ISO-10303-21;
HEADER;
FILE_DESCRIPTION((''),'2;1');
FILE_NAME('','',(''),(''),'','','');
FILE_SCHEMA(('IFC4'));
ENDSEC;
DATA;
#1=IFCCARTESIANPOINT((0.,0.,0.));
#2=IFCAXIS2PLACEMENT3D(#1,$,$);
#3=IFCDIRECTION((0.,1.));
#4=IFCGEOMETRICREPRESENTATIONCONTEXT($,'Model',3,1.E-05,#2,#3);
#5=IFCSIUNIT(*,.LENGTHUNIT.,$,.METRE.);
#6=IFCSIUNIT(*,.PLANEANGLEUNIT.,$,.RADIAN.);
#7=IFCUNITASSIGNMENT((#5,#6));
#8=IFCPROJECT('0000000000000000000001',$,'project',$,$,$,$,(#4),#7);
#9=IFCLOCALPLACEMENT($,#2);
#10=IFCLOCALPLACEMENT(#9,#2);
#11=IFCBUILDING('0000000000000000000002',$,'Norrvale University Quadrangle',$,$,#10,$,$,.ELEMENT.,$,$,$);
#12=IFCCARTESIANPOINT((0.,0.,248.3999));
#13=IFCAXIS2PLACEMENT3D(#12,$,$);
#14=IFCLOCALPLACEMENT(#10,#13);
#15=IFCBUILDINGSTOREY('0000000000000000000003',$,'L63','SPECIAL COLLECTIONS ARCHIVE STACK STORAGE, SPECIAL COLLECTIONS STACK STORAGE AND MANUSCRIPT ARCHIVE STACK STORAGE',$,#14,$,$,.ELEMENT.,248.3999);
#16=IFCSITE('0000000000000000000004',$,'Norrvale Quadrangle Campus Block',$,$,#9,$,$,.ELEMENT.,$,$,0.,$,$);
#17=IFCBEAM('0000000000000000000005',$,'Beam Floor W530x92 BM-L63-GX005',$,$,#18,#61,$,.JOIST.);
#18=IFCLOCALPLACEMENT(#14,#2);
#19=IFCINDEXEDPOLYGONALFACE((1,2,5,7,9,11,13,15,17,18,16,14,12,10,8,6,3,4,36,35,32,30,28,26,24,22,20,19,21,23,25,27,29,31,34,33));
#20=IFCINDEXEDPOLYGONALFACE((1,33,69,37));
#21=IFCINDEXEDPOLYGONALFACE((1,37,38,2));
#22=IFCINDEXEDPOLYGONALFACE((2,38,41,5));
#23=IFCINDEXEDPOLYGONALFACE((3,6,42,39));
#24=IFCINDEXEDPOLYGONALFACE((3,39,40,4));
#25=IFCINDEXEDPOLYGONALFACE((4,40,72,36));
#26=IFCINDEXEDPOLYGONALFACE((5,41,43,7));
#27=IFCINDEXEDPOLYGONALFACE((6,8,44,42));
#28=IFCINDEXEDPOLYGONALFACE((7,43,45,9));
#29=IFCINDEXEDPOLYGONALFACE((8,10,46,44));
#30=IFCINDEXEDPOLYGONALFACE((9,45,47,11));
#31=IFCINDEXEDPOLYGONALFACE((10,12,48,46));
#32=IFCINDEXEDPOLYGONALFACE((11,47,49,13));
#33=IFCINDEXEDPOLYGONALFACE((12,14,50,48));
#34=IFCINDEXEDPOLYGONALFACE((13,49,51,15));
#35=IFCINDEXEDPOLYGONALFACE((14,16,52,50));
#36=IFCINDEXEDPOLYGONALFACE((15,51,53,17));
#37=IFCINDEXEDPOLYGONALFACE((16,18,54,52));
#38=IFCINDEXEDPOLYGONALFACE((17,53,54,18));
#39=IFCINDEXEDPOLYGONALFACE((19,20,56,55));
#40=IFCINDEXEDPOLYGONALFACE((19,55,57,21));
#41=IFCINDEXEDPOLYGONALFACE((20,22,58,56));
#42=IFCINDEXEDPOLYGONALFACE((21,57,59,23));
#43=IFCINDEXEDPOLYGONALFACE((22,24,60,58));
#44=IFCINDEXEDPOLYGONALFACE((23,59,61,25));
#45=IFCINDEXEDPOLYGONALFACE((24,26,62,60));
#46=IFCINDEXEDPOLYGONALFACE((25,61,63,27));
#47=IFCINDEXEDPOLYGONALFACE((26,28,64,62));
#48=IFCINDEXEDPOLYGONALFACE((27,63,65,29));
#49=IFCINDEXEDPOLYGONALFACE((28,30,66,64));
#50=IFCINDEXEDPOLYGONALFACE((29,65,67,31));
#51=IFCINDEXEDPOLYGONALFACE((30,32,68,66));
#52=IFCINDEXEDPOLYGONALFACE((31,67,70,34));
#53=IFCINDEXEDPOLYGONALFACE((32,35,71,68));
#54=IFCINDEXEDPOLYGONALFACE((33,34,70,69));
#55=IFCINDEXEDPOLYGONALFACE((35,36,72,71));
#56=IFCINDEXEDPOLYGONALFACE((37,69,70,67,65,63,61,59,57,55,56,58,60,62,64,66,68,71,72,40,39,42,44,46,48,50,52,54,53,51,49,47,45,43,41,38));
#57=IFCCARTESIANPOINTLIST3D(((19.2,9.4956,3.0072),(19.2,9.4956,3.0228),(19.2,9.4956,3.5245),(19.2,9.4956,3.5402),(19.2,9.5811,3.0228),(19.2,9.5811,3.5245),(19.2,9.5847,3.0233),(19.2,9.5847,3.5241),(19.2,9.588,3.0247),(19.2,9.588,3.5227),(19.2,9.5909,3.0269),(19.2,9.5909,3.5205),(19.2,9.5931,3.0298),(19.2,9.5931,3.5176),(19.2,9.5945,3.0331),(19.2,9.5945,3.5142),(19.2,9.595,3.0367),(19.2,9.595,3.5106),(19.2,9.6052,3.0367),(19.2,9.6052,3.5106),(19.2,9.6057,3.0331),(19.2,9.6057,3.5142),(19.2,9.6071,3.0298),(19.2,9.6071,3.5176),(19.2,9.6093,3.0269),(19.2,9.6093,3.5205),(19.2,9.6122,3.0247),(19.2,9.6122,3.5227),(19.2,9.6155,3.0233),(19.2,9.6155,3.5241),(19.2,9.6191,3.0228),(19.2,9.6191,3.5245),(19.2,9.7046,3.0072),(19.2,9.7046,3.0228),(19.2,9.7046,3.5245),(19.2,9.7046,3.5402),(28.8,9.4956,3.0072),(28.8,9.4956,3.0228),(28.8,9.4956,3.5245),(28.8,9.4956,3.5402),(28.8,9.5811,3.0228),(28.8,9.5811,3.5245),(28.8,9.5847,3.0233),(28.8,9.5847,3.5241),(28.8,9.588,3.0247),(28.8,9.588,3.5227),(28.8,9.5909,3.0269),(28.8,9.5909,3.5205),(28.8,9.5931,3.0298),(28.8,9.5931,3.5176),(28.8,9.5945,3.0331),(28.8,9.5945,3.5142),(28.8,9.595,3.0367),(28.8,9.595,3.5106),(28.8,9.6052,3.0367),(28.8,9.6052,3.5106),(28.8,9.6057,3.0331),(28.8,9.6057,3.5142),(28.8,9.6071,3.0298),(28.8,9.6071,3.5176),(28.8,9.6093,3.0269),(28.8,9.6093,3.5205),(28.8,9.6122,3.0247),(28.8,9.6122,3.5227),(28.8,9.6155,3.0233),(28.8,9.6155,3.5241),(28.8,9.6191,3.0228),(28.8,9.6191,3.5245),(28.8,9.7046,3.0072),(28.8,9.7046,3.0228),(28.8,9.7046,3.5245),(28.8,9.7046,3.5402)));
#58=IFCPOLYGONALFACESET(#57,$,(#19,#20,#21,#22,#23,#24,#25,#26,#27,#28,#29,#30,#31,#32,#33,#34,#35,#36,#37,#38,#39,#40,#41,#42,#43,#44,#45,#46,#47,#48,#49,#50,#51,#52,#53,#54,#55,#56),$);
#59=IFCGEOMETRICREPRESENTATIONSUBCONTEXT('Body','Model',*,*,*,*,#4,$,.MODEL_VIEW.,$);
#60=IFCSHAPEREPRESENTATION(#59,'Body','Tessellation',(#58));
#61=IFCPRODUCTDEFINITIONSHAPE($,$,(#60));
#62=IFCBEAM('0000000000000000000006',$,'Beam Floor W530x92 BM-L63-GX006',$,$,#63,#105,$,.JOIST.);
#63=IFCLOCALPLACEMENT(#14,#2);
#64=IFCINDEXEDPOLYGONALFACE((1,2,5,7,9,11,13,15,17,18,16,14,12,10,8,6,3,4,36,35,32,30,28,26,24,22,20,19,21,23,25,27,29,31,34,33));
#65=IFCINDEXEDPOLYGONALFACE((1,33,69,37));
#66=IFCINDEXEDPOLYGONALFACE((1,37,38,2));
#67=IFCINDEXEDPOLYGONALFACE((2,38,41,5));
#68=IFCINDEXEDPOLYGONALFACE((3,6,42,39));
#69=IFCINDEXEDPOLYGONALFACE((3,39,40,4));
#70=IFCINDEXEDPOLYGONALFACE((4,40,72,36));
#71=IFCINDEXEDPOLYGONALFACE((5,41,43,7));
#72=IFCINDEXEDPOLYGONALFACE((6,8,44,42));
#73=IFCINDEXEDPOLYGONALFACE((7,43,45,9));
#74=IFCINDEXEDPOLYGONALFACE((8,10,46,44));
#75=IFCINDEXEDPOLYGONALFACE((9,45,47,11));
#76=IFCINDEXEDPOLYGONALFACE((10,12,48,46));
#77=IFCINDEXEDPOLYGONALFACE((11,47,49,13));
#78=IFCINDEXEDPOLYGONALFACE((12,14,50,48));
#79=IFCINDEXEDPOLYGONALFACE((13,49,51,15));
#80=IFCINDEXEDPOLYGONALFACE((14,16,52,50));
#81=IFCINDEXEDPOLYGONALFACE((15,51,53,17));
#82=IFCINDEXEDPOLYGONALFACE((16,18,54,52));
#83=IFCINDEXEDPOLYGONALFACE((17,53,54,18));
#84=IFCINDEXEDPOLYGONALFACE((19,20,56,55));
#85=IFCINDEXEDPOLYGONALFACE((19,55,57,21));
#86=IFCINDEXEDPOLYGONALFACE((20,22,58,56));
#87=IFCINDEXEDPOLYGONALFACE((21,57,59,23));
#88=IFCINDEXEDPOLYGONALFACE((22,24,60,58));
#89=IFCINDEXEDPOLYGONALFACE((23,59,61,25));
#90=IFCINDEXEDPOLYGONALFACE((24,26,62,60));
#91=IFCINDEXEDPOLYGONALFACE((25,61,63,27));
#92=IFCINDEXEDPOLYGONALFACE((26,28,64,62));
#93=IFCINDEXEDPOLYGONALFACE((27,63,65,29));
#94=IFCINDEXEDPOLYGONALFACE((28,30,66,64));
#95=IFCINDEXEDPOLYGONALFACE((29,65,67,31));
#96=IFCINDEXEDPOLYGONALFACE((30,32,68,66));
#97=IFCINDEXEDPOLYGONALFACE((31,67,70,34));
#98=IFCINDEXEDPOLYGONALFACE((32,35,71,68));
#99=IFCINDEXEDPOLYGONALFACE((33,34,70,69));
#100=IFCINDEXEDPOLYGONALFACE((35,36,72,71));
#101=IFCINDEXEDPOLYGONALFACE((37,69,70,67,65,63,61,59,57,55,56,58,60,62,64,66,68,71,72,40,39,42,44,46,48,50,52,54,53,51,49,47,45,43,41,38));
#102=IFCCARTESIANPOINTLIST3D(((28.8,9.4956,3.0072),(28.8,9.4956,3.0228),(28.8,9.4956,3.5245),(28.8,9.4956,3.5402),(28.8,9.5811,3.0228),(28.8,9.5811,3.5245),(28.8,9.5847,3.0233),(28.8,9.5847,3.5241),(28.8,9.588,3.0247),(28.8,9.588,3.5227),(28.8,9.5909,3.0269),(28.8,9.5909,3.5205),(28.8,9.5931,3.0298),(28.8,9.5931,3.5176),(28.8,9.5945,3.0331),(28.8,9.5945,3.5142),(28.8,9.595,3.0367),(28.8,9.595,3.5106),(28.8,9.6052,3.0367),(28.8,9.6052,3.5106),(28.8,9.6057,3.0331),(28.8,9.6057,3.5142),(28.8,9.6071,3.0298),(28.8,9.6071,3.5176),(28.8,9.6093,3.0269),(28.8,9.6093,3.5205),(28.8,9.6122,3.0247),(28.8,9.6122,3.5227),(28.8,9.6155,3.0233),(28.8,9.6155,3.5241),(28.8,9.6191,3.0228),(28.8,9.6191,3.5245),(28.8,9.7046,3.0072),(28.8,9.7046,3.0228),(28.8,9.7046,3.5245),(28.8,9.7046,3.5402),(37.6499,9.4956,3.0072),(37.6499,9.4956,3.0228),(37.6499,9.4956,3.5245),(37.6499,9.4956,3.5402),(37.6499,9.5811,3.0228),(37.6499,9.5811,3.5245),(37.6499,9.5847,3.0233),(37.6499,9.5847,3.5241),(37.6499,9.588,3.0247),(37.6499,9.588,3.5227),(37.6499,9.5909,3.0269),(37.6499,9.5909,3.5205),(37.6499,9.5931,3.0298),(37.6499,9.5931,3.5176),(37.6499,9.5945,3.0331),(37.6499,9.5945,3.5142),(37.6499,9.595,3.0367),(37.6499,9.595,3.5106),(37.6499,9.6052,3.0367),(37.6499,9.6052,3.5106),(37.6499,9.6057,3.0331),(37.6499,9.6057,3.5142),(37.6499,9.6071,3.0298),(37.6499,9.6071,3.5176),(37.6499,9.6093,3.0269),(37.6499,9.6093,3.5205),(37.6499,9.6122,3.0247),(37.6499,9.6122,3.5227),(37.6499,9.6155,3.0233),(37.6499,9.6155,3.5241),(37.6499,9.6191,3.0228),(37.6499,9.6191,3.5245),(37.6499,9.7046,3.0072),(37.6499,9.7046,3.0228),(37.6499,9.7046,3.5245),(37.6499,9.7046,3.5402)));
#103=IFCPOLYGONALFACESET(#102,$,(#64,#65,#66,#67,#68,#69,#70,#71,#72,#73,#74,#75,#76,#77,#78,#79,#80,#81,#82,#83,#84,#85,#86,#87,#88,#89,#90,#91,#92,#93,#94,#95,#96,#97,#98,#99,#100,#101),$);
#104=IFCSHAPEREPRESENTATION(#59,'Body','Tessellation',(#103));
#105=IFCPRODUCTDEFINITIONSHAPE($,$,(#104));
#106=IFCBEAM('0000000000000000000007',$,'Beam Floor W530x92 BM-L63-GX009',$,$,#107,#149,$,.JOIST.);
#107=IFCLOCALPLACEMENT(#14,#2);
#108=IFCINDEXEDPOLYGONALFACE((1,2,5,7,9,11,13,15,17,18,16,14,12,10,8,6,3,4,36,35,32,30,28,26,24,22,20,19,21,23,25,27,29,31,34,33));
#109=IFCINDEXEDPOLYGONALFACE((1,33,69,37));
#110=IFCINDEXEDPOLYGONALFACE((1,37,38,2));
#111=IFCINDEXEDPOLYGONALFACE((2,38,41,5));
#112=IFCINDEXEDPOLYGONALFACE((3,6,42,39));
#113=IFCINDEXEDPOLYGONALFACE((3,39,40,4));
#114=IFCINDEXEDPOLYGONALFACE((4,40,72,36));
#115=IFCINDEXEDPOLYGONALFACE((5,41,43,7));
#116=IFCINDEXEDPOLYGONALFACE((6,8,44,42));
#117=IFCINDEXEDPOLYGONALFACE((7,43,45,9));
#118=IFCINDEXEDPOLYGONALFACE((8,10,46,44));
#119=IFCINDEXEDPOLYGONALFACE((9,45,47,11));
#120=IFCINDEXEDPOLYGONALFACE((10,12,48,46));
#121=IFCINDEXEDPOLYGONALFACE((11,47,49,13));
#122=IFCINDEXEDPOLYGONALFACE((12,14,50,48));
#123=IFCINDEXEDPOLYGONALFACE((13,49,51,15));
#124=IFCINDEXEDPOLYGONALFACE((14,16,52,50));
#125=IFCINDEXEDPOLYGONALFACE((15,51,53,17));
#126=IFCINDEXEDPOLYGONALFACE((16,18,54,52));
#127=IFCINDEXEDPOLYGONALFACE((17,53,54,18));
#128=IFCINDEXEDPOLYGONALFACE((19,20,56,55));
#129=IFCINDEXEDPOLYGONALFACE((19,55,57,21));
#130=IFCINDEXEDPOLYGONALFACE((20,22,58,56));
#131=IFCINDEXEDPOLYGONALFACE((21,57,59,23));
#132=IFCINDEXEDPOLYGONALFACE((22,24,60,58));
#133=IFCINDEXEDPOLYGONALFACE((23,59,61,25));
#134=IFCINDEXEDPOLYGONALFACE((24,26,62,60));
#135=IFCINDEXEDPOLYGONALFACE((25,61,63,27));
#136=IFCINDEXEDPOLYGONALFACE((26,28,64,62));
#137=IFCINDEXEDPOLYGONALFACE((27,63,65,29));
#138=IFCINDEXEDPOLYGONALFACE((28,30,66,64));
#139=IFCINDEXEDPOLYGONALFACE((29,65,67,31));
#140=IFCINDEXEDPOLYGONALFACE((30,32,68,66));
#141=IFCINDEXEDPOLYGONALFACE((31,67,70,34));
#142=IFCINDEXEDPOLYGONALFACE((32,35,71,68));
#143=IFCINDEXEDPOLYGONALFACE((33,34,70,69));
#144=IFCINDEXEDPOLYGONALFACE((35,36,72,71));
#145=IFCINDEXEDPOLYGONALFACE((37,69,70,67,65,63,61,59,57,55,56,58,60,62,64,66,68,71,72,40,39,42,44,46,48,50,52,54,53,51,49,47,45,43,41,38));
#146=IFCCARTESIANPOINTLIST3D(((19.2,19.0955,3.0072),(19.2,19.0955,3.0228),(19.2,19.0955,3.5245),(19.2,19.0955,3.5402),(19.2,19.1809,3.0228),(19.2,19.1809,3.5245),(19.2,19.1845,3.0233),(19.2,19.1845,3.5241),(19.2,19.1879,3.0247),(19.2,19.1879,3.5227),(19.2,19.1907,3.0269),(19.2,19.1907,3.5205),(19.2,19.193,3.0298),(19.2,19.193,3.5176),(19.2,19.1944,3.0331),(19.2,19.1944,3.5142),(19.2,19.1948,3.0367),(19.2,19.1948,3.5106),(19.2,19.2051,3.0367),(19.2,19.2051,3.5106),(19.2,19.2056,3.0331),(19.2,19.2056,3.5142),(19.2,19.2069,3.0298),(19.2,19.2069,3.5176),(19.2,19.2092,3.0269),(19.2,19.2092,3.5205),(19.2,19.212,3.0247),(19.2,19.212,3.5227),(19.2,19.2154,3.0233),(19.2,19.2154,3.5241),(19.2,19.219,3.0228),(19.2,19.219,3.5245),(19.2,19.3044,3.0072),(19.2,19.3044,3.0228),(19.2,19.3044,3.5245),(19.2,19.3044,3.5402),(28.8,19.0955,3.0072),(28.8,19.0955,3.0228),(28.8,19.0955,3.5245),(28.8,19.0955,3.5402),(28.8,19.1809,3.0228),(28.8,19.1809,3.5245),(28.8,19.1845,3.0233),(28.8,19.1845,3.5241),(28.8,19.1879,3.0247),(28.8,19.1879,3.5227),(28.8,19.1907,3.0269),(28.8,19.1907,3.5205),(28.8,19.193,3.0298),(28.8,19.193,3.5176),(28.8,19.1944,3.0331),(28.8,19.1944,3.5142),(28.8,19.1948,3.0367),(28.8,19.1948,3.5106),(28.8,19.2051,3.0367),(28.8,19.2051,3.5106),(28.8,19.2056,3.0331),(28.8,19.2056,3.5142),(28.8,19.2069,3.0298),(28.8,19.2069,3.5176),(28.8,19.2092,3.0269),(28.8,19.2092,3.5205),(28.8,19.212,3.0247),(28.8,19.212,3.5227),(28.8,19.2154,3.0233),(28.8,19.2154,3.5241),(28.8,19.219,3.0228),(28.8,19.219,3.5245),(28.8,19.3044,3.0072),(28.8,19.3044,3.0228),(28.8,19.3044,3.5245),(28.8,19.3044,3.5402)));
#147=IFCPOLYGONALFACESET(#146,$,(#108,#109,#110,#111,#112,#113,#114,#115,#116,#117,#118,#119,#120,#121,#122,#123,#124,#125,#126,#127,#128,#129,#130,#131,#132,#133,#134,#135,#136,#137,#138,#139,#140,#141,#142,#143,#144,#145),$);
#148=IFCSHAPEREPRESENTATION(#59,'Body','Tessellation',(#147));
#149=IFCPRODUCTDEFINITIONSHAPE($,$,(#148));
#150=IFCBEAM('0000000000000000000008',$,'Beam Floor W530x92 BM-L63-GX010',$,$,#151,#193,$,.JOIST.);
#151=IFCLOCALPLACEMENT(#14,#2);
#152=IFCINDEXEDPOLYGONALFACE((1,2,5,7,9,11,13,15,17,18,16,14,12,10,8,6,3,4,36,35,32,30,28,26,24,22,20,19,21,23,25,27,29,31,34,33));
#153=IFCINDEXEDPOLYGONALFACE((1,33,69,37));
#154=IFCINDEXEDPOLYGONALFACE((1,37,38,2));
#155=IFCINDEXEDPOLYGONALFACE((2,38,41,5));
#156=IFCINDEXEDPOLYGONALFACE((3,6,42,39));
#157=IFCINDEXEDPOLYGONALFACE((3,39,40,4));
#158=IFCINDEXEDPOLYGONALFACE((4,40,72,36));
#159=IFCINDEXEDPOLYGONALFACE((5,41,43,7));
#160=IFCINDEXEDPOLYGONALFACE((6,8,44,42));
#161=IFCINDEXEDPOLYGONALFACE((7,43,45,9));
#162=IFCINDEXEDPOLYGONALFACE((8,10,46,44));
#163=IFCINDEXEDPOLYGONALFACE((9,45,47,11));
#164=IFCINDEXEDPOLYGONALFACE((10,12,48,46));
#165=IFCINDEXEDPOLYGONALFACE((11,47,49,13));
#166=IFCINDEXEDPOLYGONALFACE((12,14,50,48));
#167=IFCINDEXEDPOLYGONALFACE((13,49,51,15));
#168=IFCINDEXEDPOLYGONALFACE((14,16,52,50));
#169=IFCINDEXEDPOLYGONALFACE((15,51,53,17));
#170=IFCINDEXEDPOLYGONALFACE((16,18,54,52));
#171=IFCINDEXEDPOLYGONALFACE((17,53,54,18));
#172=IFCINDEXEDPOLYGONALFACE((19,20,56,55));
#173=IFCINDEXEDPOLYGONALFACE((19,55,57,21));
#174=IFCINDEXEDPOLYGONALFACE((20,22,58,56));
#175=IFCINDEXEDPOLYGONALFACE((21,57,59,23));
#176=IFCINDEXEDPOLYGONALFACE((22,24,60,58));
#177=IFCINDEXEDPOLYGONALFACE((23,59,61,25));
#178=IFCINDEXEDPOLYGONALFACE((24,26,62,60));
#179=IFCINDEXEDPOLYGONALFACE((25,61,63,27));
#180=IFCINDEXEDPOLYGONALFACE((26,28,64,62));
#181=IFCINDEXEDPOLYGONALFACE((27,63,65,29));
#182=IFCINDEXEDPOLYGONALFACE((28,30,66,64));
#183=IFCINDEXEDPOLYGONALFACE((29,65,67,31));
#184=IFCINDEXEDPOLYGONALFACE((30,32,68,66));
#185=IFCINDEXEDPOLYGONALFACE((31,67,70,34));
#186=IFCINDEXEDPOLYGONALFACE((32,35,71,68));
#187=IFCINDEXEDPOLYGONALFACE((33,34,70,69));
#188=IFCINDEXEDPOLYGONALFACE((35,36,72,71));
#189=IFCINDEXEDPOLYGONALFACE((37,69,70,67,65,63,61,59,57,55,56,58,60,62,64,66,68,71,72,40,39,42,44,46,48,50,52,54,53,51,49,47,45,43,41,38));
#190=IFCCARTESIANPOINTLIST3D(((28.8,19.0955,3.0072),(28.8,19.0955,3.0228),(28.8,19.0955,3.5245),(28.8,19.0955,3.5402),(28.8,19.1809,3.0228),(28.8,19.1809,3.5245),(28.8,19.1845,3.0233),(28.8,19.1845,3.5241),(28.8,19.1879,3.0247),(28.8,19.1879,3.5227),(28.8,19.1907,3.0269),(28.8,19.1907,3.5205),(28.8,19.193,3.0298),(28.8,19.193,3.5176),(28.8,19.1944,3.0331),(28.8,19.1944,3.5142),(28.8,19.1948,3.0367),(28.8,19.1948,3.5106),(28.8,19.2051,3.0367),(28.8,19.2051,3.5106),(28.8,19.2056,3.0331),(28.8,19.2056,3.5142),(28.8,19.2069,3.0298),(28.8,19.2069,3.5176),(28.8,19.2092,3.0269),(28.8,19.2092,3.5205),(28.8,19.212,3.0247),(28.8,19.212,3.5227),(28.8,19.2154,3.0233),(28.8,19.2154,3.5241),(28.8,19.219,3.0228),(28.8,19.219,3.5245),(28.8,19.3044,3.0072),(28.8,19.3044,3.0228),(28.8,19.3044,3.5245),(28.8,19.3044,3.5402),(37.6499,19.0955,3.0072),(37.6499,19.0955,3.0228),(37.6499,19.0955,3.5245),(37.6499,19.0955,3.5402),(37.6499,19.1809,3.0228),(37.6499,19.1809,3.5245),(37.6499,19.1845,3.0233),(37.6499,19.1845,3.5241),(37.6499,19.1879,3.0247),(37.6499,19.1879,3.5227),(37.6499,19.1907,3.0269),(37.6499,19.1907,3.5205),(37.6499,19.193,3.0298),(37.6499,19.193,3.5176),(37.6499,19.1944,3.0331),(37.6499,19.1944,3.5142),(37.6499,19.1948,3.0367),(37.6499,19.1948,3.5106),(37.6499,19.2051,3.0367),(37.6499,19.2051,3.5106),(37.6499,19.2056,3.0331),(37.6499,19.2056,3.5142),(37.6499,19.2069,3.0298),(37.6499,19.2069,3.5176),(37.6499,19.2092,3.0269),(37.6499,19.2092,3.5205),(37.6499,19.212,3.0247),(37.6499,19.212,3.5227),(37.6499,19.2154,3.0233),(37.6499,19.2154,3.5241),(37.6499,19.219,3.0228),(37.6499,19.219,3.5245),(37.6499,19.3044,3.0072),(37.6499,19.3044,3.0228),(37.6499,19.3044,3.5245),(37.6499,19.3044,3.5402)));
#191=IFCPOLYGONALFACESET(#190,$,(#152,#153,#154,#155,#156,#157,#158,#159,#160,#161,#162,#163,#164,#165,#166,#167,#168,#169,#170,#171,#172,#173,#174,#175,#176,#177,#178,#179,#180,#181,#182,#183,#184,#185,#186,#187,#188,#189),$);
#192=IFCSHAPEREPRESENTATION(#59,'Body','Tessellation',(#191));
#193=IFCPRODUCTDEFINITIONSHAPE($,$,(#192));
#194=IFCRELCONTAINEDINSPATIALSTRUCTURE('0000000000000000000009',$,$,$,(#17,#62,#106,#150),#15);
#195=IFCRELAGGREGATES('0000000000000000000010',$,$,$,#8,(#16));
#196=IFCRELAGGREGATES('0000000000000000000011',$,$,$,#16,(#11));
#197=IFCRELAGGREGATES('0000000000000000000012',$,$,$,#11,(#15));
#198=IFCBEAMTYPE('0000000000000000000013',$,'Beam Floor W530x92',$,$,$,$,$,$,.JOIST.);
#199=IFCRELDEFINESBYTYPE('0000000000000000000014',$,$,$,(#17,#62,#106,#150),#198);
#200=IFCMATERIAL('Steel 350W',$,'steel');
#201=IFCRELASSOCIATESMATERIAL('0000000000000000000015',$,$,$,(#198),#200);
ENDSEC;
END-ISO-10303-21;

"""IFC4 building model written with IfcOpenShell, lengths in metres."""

from ifc_helpers import new_model, si_unit, direction, frame, origin, origin_2d, place, context, subcontext, project, spatial, i_section, extrude, material, material_profile, profile_set, type_object, element, save


model = new_model("IFC4")

# Units and contexts
model_context = context("Model", 3, precision=1e-05, world=origin(), true_north=direction((0.0, 1.0)))
body_context = subcontext(model_context, "Body", "Model", "MODEL_VIEW")
ifc_project = project(units=[si_unit("LENGTHUNIT", "METRE"), si_unit("PLANEANGLEUNIT", "RADIAN")], contexts=[model_context])

# Site, building, storey
site_placement = place(None, origin())
site = spatial("IfcSite", under=ifc_project, at=site_placement, Name="Norrvale Quadrangle Campus Block", CompositionType="ELEMENT", RefElevation=0.0)
building_placement = place(site_placement, origin())
building = spatial("IfcBuilding", under=site, at=building_placement, Name="Norrvale University Quadrangle", CompositionType="ELEMENT")
storey_placement = place(building_placement, frame((0.0, 0.0, 248.3999)))
storey = spatial("IfcBuildingStorey", under=building, at=storey_placement, Name="L63", Description="SPECIAL COLLECTIONS ARCHIVE STACK STORAGE, SPECIAL COLLECTIONS STACK STORAGE AND MANUSCRIPT ARCHIVE STACK STORAGE", CompositionType="ELEMENT", Elevation=248.3999)

# Beams
ifc_material_1 = material(Name="Steel 350W", Category="steel")
ifc_material_profile_1 = material_profile(ifc_material_1, i_section(OverallWidth=0.209, OverallDepth=0.533, WebThickness=0.0103, FlangeThickness=0.0156, FilletRadius=0.0139, at=origin_2d()), Name="Steel 350W")
ifc_profile_set_1 = profile_set([ifc_material_profile_1], Name="Steel 350W")
beam_type_1 = type_object("IfcBeamType", Name="Beam Floor W530x92", PredefinedType="JOIST", material=ifc_profile_set_1)
beam_1_placement = place(storey_placement, frame((19.2, 9.6001, 3.2737), z_axis=(1.0, 0.0, 0.0), x_axis=(0.0, 1.0, 0.0)))
element("IfcBeam", 1, at=beam_1_placement, inside=storey, type_object=beam_type_1, Name="Beam Floor W530x92 BM-L63-GX005", PredefinedType="JOIST", context=body_context, shape_type="SweptSolid", body=[
    extrude(i_section(OverallWidth=0.209, OverallDepth=0.533, WebThickness=0.0103, FlangeThickness=0.0156, FilletRadius=0.0139, at=origin_2d()), origin(), (0.0, 0.0, 1.0), 9.6001),
])
beam_2_placement = place(storey_placement, frame((28.8, 9.6001, 3.2737), z_axis=(1.0, 0.0, 0.0), x_axis=(0.0, 1.0, 0.0)))
element("IfcBeam", 2, at=beam_2_placement, inside=storey, type_object=beam_type_1, Name="Beam Floor W530x92 BM-L63-GX006", PredefinedType="JOIST", context=body_context, shape_type="SweptSolid", body=[
    extrude(i_section(OverallWidth=0.209, OverallDepth=0.533, WebThickness=0.0103, FlangeThickness=0.0156, FilletRadius=0.0139, at=origin_2d()), origin(), (0.0, 0.0, 1.0), 8.8499),
])
beam_3_placement = place(storey_placement, frame((19.2, 19.2, 3.2737), z_axis=(1.0, 0.0, 0.0), x_axis=(0.0, 1.0, 0.0)))
element("IfcBeam", 3, at=beam_3_placement, inside=storey, type_object=beam_type_1, Name="Beam Floor W530x92 BM-L63-GX009", PredefinedType="JOIST", context=body_context, shape_type="SweptSolid", body=[
    extrude(i_section(OverallWidth=0.209, OverallDepth=0.533, WebThickness=0.0103, FlangeThickness=0.0156, FilletRadius=0.0139, at=origin_2d()), origin(), (0.0, 0.0, 1.0), 9.6001),
])
beam_4_placement = place(storey_placement, frame((28.8, 19.2, 3.2737), z_axis=(1.0, 0.0, 0.0), x_axis=(0.0, 1.0, 0.0)))
element("IfcBeam", 4, at=beam_4_placement, inside=storey, type_object=beam_type_1, Name="Beam Floor W530x92 BM-L63-GX010", PredefinedType="JOIST", context=body_context, shape_type="SweptSolid", body=[
    extrude(i_section(OverallWidth=0.209, OverallDepth=0.533, WebThickness=0.0103, FlangeThickness=0.0156, FilletRadius=0.0139, at=origin_2d()), origin(), (0.0, 0.0, 1.0), 8.8499),
])

save(model, "model.ifc")
